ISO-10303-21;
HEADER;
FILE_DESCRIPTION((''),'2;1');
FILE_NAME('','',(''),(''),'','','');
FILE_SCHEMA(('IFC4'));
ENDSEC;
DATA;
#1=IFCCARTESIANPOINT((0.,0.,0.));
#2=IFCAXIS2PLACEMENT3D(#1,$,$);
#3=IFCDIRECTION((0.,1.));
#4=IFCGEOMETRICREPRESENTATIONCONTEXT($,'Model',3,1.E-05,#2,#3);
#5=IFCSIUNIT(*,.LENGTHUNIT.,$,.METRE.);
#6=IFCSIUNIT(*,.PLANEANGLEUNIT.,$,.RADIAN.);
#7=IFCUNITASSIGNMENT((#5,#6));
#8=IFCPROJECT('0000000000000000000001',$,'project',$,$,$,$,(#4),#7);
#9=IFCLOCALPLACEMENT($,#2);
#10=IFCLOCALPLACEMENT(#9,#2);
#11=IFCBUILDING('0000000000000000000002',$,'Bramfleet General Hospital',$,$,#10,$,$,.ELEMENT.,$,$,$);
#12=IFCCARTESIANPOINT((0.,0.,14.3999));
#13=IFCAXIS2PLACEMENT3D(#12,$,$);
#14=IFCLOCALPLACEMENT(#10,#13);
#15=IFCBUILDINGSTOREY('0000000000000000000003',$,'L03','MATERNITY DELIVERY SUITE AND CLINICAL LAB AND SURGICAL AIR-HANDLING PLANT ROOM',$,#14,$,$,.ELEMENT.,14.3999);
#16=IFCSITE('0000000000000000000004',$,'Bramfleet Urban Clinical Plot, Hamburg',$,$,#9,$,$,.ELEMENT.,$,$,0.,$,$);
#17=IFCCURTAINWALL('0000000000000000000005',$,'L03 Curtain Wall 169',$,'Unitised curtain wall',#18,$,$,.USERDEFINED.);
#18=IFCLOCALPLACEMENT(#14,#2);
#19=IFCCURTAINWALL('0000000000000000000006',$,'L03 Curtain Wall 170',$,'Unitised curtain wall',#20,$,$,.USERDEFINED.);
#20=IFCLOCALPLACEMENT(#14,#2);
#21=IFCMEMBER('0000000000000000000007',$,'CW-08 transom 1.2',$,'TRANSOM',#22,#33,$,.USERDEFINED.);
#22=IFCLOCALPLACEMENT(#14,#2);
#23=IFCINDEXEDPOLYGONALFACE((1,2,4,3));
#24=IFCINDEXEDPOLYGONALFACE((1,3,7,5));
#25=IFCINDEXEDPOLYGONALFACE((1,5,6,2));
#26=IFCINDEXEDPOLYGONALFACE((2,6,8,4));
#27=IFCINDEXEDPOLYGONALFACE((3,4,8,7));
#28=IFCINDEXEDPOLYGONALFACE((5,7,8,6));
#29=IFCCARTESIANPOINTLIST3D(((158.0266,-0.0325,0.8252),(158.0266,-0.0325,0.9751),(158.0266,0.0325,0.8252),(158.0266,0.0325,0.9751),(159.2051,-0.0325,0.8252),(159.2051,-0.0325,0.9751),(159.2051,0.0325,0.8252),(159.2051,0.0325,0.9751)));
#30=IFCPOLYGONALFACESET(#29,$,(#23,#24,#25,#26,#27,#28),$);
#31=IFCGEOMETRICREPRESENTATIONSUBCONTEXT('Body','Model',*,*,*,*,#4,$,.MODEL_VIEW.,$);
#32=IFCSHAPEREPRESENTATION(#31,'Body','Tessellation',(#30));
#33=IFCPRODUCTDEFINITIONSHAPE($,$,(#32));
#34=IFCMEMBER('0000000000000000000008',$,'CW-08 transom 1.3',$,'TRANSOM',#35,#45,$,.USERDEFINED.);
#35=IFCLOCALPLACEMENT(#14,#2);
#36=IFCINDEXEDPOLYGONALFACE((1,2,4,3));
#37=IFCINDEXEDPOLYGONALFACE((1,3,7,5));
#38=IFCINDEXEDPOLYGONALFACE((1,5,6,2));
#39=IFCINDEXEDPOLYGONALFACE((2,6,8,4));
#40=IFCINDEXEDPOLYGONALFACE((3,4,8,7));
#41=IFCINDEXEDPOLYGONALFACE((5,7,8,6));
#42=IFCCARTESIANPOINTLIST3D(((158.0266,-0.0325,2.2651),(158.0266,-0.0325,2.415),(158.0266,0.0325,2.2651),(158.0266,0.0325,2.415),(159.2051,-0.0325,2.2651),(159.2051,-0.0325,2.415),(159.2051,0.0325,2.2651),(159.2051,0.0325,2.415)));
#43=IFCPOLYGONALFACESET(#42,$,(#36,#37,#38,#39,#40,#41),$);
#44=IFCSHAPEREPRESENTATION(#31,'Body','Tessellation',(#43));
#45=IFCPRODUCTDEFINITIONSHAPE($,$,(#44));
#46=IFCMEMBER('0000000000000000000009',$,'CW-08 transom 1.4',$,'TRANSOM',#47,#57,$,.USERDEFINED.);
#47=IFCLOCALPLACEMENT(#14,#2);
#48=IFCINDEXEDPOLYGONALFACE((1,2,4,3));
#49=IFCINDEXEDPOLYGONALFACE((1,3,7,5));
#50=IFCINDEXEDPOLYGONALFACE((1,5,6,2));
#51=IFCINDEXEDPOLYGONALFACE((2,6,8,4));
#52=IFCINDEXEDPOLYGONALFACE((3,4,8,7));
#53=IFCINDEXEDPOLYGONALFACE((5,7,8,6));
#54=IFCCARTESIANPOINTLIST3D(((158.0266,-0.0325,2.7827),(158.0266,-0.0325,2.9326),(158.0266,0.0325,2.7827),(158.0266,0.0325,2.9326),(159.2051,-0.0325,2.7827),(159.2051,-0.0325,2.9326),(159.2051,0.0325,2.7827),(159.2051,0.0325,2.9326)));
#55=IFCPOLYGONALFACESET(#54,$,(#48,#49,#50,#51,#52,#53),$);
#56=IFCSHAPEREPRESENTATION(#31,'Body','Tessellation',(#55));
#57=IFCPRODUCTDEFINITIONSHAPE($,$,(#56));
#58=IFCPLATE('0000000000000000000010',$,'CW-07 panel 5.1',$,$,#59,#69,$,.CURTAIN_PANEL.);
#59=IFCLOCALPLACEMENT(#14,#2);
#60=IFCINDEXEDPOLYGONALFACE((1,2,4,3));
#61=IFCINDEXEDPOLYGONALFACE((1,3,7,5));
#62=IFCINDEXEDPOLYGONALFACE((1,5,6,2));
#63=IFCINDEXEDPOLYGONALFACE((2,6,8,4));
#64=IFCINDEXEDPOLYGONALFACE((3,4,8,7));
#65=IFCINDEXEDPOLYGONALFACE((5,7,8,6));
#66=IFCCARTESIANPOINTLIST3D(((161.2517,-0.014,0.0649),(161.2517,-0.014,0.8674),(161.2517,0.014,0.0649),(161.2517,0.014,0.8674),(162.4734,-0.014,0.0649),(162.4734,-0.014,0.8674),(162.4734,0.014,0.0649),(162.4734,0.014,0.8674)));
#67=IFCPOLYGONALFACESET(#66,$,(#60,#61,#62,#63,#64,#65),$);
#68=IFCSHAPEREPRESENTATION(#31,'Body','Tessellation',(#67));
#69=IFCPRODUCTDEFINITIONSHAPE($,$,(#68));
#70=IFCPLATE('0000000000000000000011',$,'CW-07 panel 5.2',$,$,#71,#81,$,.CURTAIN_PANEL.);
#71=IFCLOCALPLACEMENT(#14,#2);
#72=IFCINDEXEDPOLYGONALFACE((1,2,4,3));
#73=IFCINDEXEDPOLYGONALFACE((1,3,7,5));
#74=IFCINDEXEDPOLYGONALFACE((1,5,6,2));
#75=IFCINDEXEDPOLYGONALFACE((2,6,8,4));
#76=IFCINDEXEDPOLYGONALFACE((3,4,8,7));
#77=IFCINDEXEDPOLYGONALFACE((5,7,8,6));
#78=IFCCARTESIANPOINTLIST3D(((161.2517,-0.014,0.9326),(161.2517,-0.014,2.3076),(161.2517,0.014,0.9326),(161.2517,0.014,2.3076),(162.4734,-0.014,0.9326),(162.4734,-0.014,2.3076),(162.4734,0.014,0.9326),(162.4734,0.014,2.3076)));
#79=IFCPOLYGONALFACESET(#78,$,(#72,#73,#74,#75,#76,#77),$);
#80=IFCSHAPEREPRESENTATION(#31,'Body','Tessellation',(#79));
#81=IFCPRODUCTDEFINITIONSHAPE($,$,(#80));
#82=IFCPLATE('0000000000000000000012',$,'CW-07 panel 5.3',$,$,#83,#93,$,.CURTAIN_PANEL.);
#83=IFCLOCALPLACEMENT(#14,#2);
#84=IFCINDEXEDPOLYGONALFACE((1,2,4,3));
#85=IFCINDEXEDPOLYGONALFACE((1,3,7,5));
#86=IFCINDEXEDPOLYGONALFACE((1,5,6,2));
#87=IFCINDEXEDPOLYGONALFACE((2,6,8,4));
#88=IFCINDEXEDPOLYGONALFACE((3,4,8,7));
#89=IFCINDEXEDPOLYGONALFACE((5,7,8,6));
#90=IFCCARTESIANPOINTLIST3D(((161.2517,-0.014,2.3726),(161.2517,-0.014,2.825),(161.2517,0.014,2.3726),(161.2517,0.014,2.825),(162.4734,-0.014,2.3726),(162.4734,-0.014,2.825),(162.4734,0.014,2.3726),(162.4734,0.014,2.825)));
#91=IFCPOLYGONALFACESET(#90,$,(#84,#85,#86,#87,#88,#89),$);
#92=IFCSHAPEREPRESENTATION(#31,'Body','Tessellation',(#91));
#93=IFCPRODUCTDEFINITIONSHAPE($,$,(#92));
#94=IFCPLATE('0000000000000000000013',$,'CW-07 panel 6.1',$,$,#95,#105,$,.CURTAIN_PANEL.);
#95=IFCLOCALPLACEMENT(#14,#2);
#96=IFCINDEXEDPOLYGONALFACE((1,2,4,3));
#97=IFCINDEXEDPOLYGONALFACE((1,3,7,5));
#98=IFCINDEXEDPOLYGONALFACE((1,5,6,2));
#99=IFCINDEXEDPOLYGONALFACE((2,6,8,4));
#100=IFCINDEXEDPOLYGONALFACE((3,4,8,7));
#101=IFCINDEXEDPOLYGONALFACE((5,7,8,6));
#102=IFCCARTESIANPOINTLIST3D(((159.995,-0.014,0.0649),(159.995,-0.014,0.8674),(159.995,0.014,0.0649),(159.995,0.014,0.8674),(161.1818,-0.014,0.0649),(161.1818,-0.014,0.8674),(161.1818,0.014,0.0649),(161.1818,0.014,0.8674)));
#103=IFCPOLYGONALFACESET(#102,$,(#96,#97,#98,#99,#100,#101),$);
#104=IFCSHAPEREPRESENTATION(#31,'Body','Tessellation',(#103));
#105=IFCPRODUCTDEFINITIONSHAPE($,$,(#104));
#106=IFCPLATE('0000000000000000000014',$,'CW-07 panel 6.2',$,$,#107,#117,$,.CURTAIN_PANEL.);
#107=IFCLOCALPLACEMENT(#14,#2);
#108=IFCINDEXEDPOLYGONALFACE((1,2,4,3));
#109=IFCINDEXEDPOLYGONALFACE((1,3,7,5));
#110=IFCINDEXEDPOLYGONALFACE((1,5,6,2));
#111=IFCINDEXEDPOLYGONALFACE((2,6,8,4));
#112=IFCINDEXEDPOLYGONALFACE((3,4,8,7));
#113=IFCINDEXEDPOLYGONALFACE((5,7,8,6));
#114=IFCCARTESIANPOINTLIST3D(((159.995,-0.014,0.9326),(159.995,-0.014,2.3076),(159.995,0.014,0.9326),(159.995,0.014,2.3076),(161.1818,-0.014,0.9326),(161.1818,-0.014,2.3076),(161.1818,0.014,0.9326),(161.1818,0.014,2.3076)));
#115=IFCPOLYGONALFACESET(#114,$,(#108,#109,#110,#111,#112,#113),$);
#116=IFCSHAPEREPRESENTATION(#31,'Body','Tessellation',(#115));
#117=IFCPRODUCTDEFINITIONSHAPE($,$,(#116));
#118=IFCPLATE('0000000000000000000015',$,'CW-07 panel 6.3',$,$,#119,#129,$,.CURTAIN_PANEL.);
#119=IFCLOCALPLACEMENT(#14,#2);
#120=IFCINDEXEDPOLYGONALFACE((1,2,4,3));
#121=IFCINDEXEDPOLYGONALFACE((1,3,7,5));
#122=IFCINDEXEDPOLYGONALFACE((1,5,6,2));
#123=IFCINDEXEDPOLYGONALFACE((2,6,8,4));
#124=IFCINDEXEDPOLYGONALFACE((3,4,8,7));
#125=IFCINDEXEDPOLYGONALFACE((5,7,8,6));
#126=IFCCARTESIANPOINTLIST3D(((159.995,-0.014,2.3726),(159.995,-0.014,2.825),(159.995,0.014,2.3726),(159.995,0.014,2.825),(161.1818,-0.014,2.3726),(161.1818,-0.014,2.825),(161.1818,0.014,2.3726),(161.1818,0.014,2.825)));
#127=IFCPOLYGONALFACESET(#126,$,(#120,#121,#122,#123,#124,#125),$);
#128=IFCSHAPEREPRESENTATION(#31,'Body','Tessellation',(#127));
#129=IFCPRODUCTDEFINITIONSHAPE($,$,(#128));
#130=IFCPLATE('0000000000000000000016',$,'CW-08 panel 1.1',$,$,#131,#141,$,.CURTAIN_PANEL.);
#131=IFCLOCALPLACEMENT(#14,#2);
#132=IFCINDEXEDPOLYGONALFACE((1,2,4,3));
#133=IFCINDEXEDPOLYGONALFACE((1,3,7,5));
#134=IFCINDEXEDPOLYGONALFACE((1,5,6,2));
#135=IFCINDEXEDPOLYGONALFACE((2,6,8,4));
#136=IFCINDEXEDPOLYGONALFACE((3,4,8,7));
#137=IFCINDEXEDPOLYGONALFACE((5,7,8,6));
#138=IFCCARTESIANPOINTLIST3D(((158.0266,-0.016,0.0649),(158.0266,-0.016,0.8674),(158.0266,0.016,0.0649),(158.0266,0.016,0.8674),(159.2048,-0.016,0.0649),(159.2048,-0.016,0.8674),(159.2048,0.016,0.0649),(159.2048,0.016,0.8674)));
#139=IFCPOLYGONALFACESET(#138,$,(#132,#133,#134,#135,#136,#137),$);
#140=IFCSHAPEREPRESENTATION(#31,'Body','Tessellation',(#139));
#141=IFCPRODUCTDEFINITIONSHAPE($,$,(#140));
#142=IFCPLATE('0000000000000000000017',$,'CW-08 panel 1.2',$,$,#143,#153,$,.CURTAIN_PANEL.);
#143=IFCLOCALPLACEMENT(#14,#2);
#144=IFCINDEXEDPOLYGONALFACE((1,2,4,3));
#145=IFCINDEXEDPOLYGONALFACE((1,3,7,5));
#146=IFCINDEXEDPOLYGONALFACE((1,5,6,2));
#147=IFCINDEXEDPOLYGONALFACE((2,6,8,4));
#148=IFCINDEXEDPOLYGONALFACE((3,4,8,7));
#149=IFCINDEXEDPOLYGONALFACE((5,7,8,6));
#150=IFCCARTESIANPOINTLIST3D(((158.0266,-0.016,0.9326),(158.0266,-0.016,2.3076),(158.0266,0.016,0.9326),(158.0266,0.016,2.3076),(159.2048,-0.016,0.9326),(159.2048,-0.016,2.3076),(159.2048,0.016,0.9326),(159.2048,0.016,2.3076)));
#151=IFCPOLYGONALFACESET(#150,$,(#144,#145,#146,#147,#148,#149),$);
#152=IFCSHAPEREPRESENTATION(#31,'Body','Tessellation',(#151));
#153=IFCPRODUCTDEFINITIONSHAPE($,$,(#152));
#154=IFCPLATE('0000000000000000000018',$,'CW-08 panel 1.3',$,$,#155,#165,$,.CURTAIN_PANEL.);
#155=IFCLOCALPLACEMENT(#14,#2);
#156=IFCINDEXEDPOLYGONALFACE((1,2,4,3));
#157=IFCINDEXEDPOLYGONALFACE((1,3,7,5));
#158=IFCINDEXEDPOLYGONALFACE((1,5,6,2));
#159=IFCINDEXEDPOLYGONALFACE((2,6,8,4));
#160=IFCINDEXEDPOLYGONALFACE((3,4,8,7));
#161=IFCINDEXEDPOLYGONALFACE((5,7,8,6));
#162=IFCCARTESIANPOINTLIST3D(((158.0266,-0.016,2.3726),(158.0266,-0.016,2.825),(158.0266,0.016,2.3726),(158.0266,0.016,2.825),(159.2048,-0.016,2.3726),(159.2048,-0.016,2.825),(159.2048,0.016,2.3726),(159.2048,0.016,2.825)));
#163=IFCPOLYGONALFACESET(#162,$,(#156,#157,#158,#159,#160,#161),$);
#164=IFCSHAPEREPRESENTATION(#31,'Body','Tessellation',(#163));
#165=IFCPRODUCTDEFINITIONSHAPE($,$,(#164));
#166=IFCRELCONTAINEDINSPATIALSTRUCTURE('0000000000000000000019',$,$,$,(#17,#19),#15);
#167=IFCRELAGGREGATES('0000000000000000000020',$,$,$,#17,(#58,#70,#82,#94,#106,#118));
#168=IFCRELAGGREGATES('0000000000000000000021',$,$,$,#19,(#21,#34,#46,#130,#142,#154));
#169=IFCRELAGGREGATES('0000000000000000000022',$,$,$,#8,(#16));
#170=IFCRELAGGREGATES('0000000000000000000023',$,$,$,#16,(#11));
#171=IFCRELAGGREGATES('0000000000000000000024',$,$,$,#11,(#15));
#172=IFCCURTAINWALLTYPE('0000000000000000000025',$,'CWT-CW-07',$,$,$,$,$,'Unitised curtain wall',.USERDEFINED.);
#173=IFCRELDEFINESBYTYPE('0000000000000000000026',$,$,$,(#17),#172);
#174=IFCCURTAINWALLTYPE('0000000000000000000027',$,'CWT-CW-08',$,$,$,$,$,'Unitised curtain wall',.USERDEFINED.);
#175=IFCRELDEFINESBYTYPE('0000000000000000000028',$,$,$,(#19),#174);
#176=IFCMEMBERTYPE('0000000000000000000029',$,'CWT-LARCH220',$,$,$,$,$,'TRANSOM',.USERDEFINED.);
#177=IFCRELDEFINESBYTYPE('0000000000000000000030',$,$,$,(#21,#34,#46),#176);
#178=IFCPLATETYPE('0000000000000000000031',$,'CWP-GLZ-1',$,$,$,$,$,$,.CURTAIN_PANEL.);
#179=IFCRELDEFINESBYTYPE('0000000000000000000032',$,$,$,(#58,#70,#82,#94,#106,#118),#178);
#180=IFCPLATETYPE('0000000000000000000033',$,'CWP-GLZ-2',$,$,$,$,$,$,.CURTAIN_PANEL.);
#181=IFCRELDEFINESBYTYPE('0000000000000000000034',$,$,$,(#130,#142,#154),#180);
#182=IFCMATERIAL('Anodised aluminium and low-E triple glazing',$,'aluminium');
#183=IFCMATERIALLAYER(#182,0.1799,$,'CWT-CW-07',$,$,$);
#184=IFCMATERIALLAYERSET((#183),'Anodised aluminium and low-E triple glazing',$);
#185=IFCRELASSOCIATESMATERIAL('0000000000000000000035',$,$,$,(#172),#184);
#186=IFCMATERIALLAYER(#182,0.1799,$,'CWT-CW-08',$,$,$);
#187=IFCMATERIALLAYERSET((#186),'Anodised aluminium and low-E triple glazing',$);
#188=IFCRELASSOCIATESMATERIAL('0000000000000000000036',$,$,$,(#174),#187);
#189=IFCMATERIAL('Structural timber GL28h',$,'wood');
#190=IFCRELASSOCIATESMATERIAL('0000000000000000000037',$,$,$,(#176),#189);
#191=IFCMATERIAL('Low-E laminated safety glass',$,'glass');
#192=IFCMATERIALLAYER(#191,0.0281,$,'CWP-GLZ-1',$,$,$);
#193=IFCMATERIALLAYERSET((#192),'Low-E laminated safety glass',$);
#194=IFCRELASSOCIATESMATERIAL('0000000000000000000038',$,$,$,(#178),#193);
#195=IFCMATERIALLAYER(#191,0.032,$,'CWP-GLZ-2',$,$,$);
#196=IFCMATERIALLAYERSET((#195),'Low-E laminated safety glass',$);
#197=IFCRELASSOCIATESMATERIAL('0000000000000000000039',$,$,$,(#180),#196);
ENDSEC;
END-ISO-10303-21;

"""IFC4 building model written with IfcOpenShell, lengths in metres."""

from ifc_helpers import new_model, si_unit, direction, frame, origin, origin_2d, place, context, subcontext, project, spatial, rectangle, extrude, material, layer, layer_set, material_profile, profile_set, type_object, element, aggregate, save


model = new_model("IFC4")

# Units and contexts
model_context = context("Model", 3, precision=1e-05, world=origin(), true_north=direction((0.0, 1.0)))
body_context = subcontext(model_context, "Body", "Model", "MODEL_VIEW")
ifc_project = project(units=[si_unit("LENGTHUNIT", "METRE"), si_unit("PLANEANGLEUNIT", "RADIAN")], contexts=[model_context])

# Site, building, storey
site_placement = place(None, origin())
site = spatial("IfcSite", under=ifc_project, at=site_placement, Name="Bramfleet Urban Clinical Plot, Hamburg", CompositionType="ELEMENT", RefElevation=0.0)
building_placement = place(site_placement, origin())
building = spatial("IfcBuilding", under=site, at=building_placement, Name="Bramfleet General Hospital", CompositionType="ELEMENT")
storey_placement = place(building_placement, frame((0.0, 0.0, 14.3999)))
storey = spatial("IfcBuildingStorey", under=building, at=storey_placement, Name="L03", Description="MATERNITY DELIVERY SUITE AND CLINICAL LAB AND SURGICAL AIR-HANDLING PLANT ROOM", CompositionType="ELEMENT", Elevation=14.3999)

# Curtain wall
ifc_material_1 = material(Name="Anodised aluminium and low-E triple glazing", Category="aluminium")
ifc_layer_1 = layer(ifc_material_1, 0.1799, Name="CWT-CW-07")
ifc_layer_set_1 = layer_set([ifc_layer_1], Name="Anodised aluminium and low-E triple glazing")
curtain_wall_type_1 = type_object("IfcCurtainWallType", Name="CWT-CW-07", ElementType="Unitised curtain wall", PredefinedType="USERDEFINED", material=ifc_layer_set_1)
curtain_wall_1_placement = place(storey_placement, origin())
curtain_wall_1 = element("IfcCurtainWall", 1, at=curtain_wall_1_placement, inside=storey, type_object=curtain_wall_type_1, Name="L03 Curtain Wall 169", ObjectType="Unitised curtain wall", PredefinedType="USERDEFINED")
ifc_material_2 = material(Name="Structural timber GL28h", Category="wood")

# Curtain wall
ifc_layer_2 = layer(ifc_material_1, 0.1799, Name="CWT-CW-08")
ifc_layer_set_2 = layer_set([ifc_layer_2], Name="Anodised aluminium and low-E triple glazing")
curtain_wall_type_2 = type_object("IfcCurtainWallType", Name="CWT-CW-08", ElementType="Unitised curtain wall", PredefinedType="USERDEFINED", material=ifc_layer_set_2)
curtain_wall_2_placement = place(storey_placement, origin())
curtain_wall_2 = element("IfcCurtainWall", 2, at=curtain_wall_2_placement, inside=storey, type_object=curtain_wall_type_2, Name="L03 Curtain Wall 170", ObjectType="Unitised curtain wall", PredefinedType="USERDEFINED")

# Members
ifc_material_profile_1 = material_profile(ifc_material_2, rectangle(XDim=0.0649, YDim=0.1499, at=origin_2d()), Name="LARCH 150x65")
ifc_profile_set_1 = profile_set([ifc_material_profile_1], Name="Structural timber GL28h")
member_type_1 = type_object("IfcMemberType", Name="CWT-LARCH220", ElementType="TRANSOM", PredefinedType="USERDEFINED", material=ifc_profile_set_1)
member_1_placement = place(storey_placement, frame((159.2051, 0.0, 0.9001), z_axis=(-1.0, 0.0, 0.0), x_axis=(0.0, -1.0, 0.0)))
member_1 = element("IfcMember", 3, at=member_1_placement, type_object=member_type_1, Name="CW-08 transom 1.2", ObjectType="TRANSOM", PredefinedType="USERDEFINED", context=body_context, shape_type="SweptSolid", body=[
    extrude(rectangle(XDim=0.0649, YDim=0.1499, at=origin_2d()), origin(), (0.0, 0.0, 1.0), 1.1785),
])
member_2_placement = place(storey_placement, frame((159.2051, 0.0, 2.3401), z_axis=(-1.0, 0.0, 0.0), x_axis=(0.0, -1.0, 0.0)))
member_2 = element("IfcMember", 4, at=member_2_placement, type_object=member_type_1, Name="CW-08 transom 1.3", ObjectType="TRANSOM", PredefinedType="USERDEFINED", context=body_context, shape_type="SweptSolid", body=[
    extrude(rectangle(XDim=0.0649, YDim=0.1499, at=origin_2d()), origin(), (0.0, 0.0, 1.0), 1.1785),
])
member_3_placement = place(storey_placement, frame((159.2051, 0.0, 2.8577), z_axis=(-1.0, 0.0, 0.0), x_axis=(0.0, -1.0, 0.0)))
member_3 = element("IfcMember", 5, at=member_3_placement, type_object=member_type_1, Name="CW-08 transom 1.4", ObjectType="TRANSOM", PredefinedType="USERDEFINED", context=body_context, shape_type="SweptSolid", body=[
    extrude(rectangle(XDim=0.0649, YDim=0.1499, at=origin_2d()), origin(), (0.0, 0.0, 1.0), 1.1785),
])

# Plates
ifc_material_3 = material(Name="Low-E laminated safety glass", Category="glass")
ifc_layer_3 = layer(ifc_material_3, 0.0281, Name="CWP-GLZ-1")
ifc_layer_set_3 = layer_set([ifc_layer_3], Name="Low-E laminated safety glass")
plate_type_1 = type_object("IfcPlateType", Name="CWP-GLZ-1", PredefinedType="CURTAIN_PANEL", material=ifc_layer_set_3)
plate_1_placement = place(storey_placement, frame((161.8625, 0.0, 0.0649), z_axis=(0.0, 0.0, 1.0), x_axis=(-1.0, 0.0, 0.0)))
plate_1 = element("IfcPlate", 6, at=plate_1_placement, type_object=plate_type_1, Name="CW-07 panel 5.1", PredefinedType="CURTAIN_PANEL", context=body_context, shape_type="SweptSolid", body=[
    extrude(rectangle(XDim=1.2217, YDim=0.0281, at=origin_2d()), origin(), (0.0, 0.0, 1.0), 0.8025),
])
plate_2_placement = place(storey_placement, frame((161.8625, 0.0, 0.9326), z_axis=(0.0, 0.0, 1.0), x_axis=(-1.0, 0.0, 0.0)))
plate_2 = element("IfcPlate", 7, at=plate_2_placement, type_object=plate_type_1, Name="CW-07 panel 5.2", PredefinedType="CURTAIN_PANEL", context=body_context, shape_type="SweptSolid", body=[
    extrude(rectangle(XDim=1.2217, YDim=0.0281, at=origin_2d()), origin(), (0.0, 0.0, 1.0), 1.375),
])
plate_3_placement = place(storey_placement, frame((161.8625, 0.0, 2.3726), z_axis=(0.0, 0.0, 1.0), x_axis=(-1.0, 0.0, 0.0)))
plate_3 = element("IfcPlate", 8, at=plate_3_placement, type_object=plate_type_1, Name="CW-07 panel 5.3", PredefinedType="CURTAIN_PANEL", context=body_context, shape_type="SweptSolid", body=[
    extrude(rectangle(XDim=1.2217, YDim=0.0281, at=origin_2d()), origin(), (0.0, 0.0, 1.0), 0.4524),
])
plate_4_placement = place(storey_placement, frame((160.5884, 0.0, 0.0649), z_axis=(0.0, 0.0, 1.0), x_axis=(-1.0, 0.0, 0.0)))
plate_4 = element("IfcPlate", 9, at=plate_4_placement, type_object=plate_type_1, Name="CW-07 panel 6.1", PredefinedType="CURTAIN_PANEL", context=body_context, shape_type="SweptSolid", body=[
    extrude(rectangle(XDim=1.1868, YDim=0.0281, at=origin_2d()), origin(), (0.0, 0.0, 1.0), 0.8025),
])
plate_5_placement = place(storey_placement, frame((160.5884, 0.0, 0.9326), z_axis=(0.0, 0.0, 1.0), x_axis=(-1.0, 0.0, 0.0)))
plate_5 = element("IfcPlate", 10, at=plate_5_placement, type_object=plate_type_1, Name="CW-07 panel 6.2", PredefinedType="CURTAIN_PANEL", context=body_context, shape_type="SweptSolid", body=[
    extrude(rectangle(XDim=1.1868, YDim=0.0281, at=origin_2d()), origin(), (0.0, 0.0, 1.0), 1.375),
])
plate_6_placement = place(storey_placement, frame((160.5884, 0.0, 2.3726), z_axis=(0.0, 0.0, 1.0), x_axis=(-1.0, 0.0, 0.0)))
plate_6 = element("IfcPlate", 11, at=plate_6_placement, type_object=plate_type_1, Name="CW-07 panel 6.3", PredefinedType="CURTAIN_PANEL", context=body_context, shape_type="SweptSolid", body=[
    extrude(rectangle(XDim=1.1868, YDim=0.0281, at=origin_2d()), origin(), (0.0, 0.0, 1.0), 0.4524),
])
aggregate(curtain_wall_1, [plate_1, plate_2, plate_3, plate_4, plate_5, plate_6])
ifc_layer_4 = layer(ifc_material_3, 0.032, Name="CWP-GLZ-2")
ifc_layer_set_4 = layer_set([ifc_layer_4], Name="Low-E laminated safety glass")
plate_type_2 = type_object("IfcPlateType", Name="CWP-GLZ-2", PredefinedType="CURTAIN_PANEL", material=ifc_layer_set_4)
plate_7_placement = place(storey_placement, frame((158.6157, 0.0, 0.0649), z_axis=(0.0, 0.0, 1.0), x_axis=(-1.0, 0.0, 0.0)))
plate_7 = element("IfcPlate", 12, at=plate_7_placement, type_object=plate_type_2, Name="CW-08 panel 1.1", PredefinedType="CURTAIN_PANEL", context=body_context, shape_type="SweptSolid", body=[
    extrude(rectangle(XDim=1.1782, YDim=0.032, at=origin_2d()), origin(), (0.0, 0.0, 1.0), 0.8025),
])
plate_8_placement = place(storey_placement, frame((158.6157, 0.0, 0.9326), z_axis=(0.0, 0.0, 1.0), x_axis=(-1.0, 0.0, 0.0)))
plate_8 = element("IfcPlate", 13, at=plate_8_placement, type_object=plate_type_2, Name="CW-08 panel 1.2", PredefinedType="CURTAIN_PANEL", context=body_context, shape_type="SweptSolid", body=[
    extrude(rectangle(XDim=1.1782, YDim=0.032, at=origin_2d()), origin(), (0.0, 0.0, 1.0), 1.375),
])
plate_9_placement = place(storey_placement, frame((158.6157, 0.0, 2.3726), z_axis=(0.0, 0.0, 1.0), x_axis=(-1.0, 0.0, 0.0)))
plate_9 = element("IfcPlate", 14, at=plate_9_placement, type_object=plate_type_2, Name="CW-08 panel 1.3", PredefinedType="CURTAIN_PANEL", context=body_context, shape_type="SweptSolid", body=[
    extrude(rectangle(XDim=1.1782, YDim=0.032, at=origin_2d()), origin(), (0.0, 0.0, 1.0), 0.4524),
])
aggregate(curtain_wall_2, [member_1, member_2, member_3, plate_7, plate_8, plate_9])

save(model, "model.ifc")
